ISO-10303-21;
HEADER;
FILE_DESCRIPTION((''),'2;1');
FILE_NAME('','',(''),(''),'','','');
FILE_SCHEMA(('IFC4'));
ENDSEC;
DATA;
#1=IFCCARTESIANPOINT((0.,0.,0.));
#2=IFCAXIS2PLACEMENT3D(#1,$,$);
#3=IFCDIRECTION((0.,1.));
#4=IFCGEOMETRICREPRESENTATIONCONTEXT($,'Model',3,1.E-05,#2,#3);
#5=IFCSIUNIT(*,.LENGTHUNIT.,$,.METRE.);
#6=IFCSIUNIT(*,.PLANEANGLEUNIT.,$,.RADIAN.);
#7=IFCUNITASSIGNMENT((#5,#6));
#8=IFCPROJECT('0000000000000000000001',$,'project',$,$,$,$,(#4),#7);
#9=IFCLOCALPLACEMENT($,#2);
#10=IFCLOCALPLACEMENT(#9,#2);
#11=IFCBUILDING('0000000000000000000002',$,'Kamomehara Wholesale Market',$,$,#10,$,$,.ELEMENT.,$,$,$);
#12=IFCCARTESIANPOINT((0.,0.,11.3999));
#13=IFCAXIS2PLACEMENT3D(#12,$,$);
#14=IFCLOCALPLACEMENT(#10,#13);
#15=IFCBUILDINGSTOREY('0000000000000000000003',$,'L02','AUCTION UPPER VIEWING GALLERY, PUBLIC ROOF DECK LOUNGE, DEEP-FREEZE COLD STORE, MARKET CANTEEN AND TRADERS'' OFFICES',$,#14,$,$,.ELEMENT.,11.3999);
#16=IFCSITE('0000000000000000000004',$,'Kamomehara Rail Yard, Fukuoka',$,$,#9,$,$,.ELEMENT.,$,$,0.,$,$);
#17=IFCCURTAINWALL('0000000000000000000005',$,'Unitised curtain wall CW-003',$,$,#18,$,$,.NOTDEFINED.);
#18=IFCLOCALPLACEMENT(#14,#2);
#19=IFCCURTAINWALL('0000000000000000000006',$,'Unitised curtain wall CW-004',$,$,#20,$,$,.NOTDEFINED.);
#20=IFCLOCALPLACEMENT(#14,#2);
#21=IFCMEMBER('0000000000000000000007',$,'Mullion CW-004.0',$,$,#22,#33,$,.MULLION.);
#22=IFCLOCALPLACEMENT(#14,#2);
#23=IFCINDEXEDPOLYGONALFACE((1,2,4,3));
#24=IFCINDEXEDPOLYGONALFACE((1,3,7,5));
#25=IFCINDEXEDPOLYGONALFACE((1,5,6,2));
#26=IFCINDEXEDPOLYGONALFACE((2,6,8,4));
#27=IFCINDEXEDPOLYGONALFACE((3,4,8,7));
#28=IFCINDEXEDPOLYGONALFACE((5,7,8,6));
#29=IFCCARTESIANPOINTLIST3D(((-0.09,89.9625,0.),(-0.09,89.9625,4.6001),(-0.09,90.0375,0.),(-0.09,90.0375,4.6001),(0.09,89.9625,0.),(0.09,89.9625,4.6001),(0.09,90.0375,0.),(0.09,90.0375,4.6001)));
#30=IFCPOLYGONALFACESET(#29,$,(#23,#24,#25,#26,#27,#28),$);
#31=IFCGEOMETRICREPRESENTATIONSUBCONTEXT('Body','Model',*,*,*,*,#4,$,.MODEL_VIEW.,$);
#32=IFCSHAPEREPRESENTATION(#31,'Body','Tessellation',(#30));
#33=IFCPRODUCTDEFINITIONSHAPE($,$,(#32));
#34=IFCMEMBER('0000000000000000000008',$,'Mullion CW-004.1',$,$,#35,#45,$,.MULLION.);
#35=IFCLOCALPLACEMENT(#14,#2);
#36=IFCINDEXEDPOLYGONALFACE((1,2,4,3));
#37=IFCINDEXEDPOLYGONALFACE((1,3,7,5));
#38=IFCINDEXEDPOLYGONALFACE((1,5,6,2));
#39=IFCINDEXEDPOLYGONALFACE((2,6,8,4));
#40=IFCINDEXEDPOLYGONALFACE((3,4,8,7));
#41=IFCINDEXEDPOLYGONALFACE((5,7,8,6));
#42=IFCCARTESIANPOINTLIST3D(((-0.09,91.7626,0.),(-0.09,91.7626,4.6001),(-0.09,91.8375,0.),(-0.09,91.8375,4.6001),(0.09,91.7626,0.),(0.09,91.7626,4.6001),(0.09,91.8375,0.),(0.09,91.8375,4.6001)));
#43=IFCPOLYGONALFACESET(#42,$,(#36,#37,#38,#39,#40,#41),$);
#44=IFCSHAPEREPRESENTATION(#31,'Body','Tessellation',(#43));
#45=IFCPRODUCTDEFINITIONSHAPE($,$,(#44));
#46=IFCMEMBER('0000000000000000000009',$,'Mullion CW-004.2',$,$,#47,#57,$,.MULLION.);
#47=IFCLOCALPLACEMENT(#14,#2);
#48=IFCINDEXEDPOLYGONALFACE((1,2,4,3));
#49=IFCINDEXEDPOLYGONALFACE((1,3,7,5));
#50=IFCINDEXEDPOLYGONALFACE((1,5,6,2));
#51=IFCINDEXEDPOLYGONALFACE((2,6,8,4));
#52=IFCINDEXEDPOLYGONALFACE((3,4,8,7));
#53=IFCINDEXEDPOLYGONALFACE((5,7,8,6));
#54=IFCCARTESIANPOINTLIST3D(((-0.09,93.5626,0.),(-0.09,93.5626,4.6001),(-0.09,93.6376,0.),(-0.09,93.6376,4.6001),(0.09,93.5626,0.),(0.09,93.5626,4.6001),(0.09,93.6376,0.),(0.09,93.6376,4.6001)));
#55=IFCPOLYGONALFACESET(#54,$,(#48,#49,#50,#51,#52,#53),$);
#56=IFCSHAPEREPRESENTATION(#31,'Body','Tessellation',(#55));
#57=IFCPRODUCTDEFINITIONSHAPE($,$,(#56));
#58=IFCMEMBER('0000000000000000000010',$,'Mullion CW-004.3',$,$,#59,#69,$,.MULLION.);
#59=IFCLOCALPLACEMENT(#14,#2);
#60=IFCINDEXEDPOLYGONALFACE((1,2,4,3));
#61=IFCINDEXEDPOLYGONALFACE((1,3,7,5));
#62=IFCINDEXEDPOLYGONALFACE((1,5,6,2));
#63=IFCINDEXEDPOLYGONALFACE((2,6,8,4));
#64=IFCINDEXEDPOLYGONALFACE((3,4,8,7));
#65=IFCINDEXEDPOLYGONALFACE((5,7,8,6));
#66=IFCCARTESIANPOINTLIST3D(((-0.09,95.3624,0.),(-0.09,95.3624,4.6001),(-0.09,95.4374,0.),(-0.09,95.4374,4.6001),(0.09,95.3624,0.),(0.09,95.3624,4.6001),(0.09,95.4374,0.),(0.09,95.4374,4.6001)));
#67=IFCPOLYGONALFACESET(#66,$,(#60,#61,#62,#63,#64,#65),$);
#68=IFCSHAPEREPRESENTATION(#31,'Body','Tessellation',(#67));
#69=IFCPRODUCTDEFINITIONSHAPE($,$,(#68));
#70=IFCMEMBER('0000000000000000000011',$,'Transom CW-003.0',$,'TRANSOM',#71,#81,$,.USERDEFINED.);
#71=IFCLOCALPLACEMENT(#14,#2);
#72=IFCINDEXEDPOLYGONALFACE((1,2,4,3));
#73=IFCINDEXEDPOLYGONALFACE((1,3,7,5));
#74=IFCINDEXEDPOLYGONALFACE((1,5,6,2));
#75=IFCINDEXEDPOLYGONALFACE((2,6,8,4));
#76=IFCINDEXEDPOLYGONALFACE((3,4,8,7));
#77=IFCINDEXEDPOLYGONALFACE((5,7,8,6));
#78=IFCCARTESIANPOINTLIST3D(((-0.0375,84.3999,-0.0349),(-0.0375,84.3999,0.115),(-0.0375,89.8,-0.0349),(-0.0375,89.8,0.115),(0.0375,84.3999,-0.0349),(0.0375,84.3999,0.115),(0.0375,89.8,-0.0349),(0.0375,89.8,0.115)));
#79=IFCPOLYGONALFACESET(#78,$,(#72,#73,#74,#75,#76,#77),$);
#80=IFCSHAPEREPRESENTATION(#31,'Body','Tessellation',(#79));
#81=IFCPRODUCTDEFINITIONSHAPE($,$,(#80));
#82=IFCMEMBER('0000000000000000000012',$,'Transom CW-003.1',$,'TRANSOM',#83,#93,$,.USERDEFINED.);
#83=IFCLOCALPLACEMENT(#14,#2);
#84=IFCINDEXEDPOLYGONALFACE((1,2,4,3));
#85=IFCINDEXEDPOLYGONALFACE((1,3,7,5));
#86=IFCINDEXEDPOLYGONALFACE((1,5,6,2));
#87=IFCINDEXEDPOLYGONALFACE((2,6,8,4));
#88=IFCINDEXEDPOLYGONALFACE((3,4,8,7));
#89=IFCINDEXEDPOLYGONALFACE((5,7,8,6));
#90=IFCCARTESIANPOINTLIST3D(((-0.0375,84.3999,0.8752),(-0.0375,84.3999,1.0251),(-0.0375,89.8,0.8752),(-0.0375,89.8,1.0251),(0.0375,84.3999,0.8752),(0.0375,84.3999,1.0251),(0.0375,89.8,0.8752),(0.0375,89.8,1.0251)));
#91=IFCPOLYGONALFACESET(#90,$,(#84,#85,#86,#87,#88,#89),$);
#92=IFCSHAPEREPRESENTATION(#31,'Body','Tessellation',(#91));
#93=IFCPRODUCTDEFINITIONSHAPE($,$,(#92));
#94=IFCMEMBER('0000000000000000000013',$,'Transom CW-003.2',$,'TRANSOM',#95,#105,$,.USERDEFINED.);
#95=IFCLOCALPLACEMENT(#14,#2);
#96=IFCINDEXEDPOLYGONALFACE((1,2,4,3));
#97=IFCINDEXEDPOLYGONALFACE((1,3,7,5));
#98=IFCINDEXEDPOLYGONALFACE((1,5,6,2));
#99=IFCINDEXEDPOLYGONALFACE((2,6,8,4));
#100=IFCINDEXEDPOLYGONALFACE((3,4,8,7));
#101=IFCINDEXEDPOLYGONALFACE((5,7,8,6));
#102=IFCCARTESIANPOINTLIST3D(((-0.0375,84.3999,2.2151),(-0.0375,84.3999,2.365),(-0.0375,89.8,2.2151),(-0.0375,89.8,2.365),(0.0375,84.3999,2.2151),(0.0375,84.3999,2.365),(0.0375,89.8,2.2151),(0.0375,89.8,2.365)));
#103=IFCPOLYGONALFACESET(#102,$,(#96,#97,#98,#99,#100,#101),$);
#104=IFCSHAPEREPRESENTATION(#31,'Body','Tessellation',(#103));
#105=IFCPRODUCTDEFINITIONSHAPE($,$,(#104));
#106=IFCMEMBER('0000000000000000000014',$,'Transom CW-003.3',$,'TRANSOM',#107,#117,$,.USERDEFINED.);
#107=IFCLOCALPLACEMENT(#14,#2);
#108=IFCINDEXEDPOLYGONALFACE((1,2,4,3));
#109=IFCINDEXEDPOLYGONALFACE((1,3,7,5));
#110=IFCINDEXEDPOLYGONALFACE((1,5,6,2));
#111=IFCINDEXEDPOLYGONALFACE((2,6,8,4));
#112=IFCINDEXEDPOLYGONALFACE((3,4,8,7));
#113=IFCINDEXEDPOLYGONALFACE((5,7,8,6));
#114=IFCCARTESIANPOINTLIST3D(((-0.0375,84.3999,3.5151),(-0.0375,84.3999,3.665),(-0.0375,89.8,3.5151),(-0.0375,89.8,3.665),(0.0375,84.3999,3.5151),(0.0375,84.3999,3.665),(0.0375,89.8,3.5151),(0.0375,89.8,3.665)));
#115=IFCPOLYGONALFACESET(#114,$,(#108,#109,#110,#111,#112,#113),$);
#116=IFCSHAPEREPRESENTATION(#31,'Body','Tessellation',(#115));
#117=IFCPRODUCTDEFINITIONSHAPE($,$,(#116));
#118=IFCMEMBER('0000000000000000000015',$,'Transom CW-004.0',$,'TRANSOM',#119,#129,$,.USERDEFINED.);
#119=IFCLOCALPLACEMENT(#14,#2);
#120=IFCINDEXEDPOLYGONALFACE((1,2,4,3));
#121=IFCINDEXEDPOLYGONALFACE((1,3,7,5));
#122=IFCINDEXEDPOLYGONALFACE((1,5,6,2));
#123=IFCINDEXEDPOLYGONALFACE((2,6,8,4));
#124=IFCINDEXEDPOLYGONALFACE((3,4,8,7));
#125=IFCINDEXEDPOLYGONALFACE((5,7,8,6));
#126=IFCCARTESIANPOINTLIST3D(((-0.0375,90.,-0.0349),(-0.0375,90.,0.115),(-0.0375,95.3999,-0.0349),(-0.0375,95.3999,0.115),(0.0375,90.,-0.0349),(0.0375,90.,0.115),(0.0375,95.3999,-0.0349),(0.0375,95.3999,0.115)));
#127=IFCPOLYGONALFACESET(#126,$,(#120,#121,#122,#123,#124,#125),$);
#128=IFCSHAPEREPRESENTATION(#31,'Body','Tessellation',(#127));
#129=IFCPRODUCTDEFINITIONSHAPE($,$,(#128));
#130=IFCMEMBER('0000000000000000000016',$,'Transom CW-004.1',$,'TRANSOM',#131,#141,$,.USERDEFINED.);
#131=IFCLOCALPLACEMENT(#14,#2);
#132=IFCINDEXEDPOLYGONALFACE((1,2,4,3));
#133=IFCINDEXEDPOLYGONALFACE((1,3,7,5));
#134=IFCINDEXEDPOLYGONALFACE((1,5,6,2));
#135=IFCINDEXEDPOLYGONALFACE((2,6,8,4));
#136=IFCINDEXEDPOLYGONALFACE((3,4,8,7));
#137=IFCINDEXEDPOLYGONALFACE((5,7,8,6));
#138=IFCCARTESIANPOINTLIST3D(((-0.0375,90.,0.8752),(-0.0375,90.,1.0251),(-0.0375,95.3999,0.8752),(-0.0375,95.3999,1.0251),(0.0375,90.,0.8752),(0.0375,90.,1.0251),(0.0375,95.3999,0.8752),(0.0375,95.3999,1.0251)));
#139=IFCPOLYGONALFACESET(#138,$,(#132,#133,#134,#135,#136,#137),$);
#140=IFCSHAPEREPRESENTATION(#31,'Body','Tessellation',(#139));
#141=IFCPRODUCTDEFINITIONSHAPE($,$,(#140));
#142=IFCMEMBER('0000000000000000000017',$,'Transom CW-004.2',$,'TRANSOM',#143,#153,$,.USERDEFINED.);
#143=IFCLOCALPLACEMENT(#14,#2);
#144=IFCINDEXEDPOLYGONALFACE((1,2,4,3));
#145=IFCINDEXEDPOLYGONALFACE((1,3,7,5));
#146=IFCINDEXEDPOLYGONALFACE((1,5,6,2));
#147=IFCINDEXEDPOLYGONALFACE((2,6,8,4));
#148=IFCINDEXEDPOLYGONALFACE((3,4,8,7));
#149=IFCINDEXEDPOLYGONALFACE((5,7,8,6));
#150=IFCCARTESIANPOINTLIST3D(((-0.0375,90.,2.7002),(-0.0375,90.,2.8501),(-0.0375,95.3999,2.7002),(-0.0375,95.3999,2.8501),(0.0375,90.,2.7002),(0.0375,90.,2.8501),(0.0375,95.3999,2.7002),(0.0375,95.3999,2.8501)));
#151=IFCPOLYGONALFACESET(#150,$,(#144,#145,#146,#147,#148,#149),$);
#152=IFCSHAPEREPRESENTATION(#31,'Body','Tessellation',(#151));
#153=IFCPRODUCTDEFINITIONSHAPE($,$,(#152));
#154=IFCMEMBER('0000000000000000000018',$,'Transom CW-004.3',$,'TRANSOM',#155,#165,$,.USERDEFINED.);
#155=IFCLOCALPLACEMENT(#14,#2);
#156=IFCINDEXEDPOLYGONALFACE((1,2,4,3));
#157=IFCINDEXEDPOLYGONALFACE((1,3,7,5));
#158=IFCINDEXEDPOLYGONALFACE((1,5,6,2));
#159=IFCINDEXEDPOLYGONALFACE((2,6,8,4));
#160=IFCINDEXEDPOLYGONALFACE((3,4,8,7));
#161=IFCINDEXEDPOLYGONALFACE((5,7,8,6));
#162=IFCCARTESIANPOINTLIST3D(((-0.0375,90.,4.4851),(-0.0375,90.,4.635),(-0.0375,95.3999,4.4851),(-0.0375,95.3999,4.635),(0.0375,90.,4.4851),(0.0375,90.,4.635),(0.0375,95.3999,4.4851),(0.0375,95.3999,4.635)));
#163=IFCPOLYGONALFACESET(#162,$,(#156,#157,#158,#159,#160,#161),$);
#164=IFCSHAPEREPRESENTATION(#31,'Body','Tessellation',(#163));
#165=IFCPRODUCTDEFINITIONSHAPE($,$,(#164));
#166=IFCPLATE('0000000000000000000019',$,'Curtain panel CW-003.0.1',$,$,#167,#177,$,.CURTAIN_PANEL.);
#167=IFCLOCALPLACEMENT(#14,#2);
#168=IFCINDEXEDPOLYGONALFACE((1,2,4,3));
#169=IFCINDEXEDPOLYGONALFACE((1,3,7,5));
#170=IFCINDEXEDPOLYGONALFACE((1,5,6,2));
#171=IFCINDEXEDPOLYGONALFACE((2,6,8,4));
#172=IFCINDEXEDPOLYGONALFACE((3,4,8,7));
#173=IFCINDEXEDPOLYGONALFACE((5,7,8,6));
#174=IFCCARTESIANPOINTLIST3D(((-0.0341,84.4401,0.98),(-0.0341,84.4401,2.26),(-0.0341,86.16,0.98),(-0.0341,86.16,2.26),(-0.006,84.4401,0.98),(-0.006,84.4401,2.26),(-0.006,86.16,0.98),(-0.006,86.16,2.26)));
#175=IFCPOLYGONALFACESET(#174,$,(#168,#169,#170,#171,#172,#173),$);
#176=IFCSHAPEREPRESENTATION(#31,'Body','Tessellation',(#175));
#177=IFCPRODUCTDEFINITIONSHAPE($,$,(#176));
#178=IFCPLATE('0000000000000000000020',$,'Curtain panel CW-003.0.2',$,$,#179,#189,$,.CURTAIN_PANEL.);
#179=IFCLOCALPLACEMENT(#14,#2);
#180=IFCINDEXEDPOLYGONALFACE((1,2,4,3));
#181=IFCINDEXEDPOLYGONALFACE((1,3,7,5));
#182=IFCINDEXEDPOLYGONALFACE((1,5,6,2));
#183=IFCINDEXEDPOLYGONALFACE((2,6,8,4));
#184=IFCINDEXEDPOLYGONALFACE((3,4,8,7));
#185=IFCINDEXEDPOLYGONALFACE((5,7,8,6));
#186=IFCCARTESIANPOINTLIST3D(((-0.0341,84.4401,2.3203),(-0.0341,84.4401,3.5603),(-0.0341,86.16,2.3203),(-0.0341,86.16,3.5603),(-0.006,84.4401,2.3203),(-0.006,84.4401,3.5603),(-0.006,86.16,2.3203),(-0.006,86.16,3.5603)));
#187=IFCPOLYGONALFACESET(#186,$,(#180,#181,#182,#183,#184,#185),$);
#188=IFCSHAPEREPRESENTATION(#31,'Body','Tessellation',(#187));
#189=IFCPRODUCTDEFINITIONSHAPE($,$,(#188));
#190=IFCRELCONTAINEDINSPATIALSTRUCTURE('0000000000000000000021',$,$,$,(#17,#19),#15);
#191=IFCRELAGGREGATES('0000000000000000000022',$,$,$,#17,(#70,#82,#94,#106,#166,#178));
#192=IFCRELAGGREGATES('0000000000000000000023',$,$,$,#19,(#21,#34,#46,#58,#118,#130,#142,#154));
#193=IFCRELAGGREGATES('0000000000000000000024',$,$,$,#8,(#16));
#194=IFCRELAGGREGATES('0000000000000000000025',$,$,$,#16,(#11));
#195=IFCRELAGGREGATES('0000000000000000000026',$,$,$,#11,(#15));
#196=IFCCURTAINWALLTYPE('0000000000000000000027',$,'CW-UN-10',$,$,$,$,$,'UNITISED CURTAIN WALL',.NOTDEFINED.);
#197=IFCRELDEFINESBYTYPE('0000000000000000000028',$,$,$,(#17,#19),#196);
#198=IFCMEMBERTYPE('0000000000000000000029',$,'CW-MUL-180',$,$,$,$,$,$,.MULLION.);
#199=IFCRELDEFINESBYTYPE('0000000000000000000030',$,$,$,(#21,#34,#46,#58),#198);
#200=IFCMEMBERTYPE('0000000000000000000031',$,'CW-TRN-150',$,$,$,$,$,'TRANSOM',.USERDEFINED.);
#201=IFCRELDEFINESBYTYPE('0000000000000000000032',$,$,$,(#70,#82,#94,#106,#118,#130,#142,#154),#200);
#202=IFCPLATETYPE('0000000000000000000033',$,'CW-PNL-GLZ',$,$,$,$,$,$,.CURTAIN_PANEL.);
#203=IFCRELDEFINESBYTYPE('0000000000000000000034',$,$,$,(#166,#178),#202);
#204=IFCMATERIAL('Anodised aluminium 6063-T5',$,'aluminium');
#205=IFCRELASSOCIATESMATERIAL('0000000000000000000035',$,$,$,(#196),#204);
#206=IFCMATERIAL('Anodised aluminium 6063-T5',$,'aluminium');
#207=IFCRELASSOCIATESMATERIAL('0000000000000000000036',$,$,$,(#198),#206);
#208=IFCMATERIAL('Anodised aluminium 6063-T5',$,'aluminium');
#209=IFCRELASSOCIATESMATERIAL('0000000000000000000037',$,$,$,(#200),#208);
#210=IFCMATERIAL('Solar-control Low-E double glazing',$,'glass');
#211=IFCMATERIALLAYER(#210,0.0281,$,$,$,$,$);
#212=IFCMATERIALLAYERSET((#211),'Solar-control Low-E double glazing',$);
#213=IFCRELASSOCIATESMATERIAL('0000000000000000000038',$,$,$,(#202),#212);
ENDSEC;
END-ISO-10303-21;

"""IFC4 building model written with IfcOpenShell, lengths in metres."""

from ifc_helpers import new_model, si_unit, direction, frame, origin, origin_2d, place, context, subcontext, project, spatial, rectangle, extrude, material, layer, layer_set, material_profile, profile_set, type_object, element, aggregate, save


model = new_model("IFC4")

# Units and contexts
model_context = context("Model", 3, precision=1e-05, world=origin(), true_north=direction((0.0, 1.0)))
body_context = subcontext(model_context, "Body", "Model", "MODEL_VIEW")
ifc_project = project(units=[si_unit("LENGTHUNIT", "METRE"), si_unit("PLANEANGLEUNIT", "RADIAN")], contexts=[model_context])

# Site, building, storey
site_placement = place(None, origin())
site = spatial("IfcSite", under=ifc_project, at=site_placement, Name="Kamomehara Rail Yard, Fukuoka", CompositionType="ELEMENT", RefElevation=0.0)
building_placement = place(site_placement, origin())
building = spatial("IfcBuilding", under=site, at=building_placement, Name="Kamomehara Wholesale Market", CompositionType="ELEMENT")
storey_placement = place(building_placement, frame((0.0, 0.0, 11.3999)))
storey = spatial("IfcBuildingStorey", under=building, at=storey_placement, Name="L02", Description="AUCTION UPPER VIEWING GALLERY, PUBLIC ROOF DECK LOUNGE, DEEP-FREEZE COLD STORE, MARKET CANTEEN AND TRADERS' OFFICES", CompositionType="ELEMENT", Elevation=11.3999)

# Curtain walls, members
ifc_material_1 = material(Name="Anodised aluminium 6063-T5", Category="aluminium")
curtain_wall_type = type_object("IfcCurtainWallType", Name="CW-UN-10", ElementType="UNITISED CURTAIN WALL", PredefinedType="NOTDEFINED", material=ifc_material_1)
curtain_wall_1_placement = place(storey_placement, origin())
curtain_wall_1 = element("IfcCurtainWall", 1, at=curtain_wall_1_placement, inside=storey, type_object=curtain_wall_type, Name="Unitised curtain wall CW-003", PredefinedType="NOTDEFINED")
ifc_material_2 = material(Name="Anodised aluminium 6063-T5", Category="aluminium")
ifc_material_profile_1 = material_profile(ifc_material_2, rectangle(XDim=0.075, YDim=0.1799, at=origin_2d()), Name="ALU-MUL-75x180")
ifc_profile_set_1 = profile_set([ifc_material_profile_1], Name="Anodised aluminium 6063-T5")
member_type_1 = type_object("IfcMemberType", Name="CW-MUL-180", PredefinedType="MULLION", material=ifc_profile_set_1)
curtain_wall_2_placement = place(storey_placement, origin())
curtain_wall_2 = element("IfcCurtainWall", 2, at=curtain_wall_2_placement, inside=storey, type_object=curtain_wall_type, Name="Unitised curtain wall CW-004", PredefinedType="NOTDEFINED")
member_1_placement = place(storey_placement, frame((0.0, 90.0, 0.0), z_axis=(0.0, 0.0, 1.0), x_axis=(0.0, 1.0, 0.0)))
member_1 = element("IfcMember", 3, at=member_1_placement, type_object=member_type_1, Name="Mullion CW-004.0", PredefinedType="MULLION", context=body_context, shape_type="SweptSolid", body=[
    extrude(rectangle(XDim=0.075, YDim=0.1799, at=origin_2d()), origin(), (0.0, 0.0, 1.0), 4.6001),
])
member_2_placement = place(storey_placement, frame((0.0, 91.8, 0.0), z_axis=(0.0, 0.0, 1.0), x_axis=(0.0, 1.0, 0.0)))
member_2 = element("IfcMember", 4, at=member_2_placement, type_object=member_type_1, Name="Mullion CW-004.1", PredefinedType="MULLION", context=body_context, shape_type="SweptSolid", body=[
    extrude(rectangle(XDim=0.075, YDim=0.1799, at=origin_2d()), origin(), (0.0, 0.0, 1.0), 4.6001),
])
member_3_placement = place(storey_placement, frame((0.0, 93.6001, 0.0), z_axis=(0.0, 0.0, 1.0), x_axis=(0.0, 1.0, 0.0)))
member_3 = element("IfcMember", 5, at=member_3_placement, type_object=member_type_1, Name="Mullion CW-004.2", PredefinedType="MULLION", context=body_context, shape_type="SweptSolid", body=[
    extrude(rectangle(XDim=0.075, YDim=0.1799, at=origin_2d()), origin(), (0.0, 0.0, 1.0), 4.6001),
])
member_4_placement = place(storey_placement, frame((0.0, 95.3999, 0.0), z_axis=(0.0, 0.0, 1.0), x_axis=(0.0, 1.0, 0.0)))
member_4 = element("IfcMember", 6, at=member_4_placement, type_object=member_type_1, Name="Mullion CW-004.3", PredefinedType="MULLION", context=body_context, shape_type="SweptSolid", body=[
    extrude(rectangle(XDim=0.075, YDim=0.1799, at=origin_2d()), origin(), (0.0, 0.0, 1.0), 4.6001),
])

# Members
ifc_material_3 = material(Name="Anodised aluminium 6063-T5", Category="aluminium")
ifc_material_profile_2 = material_profile(ifc_material_3, rectangle(XDim=0.075, YDim=0.1499, at=origin_2d()), Name="ALU-TRN-75x150")
ifc_profile_set_2 = profile_set([ifc_material_profile_2], Name="Anodised aluminium 6063-T5")
member_type_2 = type_object("IfcMemberType", Name="CW-TRN-150", ElementType="TRANSOM", PredefinedType="USERDEFINED", material=ifc_profile_set_2)
member_5_placement = place(storey_placement, frame((0.0, 84.3999, 0.04), z_axis=(0.0, 1.0, 0.0), x_axis=(-1.0, 0.0, 0.0)))
member_5 = element("IfcMember", 7, at=member_5_placement, type_object=member_type_2, Name="Transom CW-003.0", ObjectType="TRANSOM", PredefinedType="USERDEFINED", context=body_context, shape_type="SweptSolid", body=[
    extrude(rectangle(XDim=0.075, YDim=0.1499, at=origin_2d()), origin(), (0.0, 0.0, 1.0), 5.4001),
])
member_6_placement = place(storey_placement, frame((0.0, 84.3999, 0.9502), z_axis=(0.0, 1.0, 0.0), x_axis=(-1.0, 0.0, 0.0)))
member_6 = element("IfcMember", 8, at=member_6_placement, type_object=member_type_2, Name="Transom CW-003.1", ObjectType="TRANSOM", PredefinedType="USERDEFINED", context=body_context, shape_type="SweptSolid", body=[
    extrude(rectangle(XDim=0.075, YDim=0.1499, at=origin_2d()), origin(), (0.0, 0.0, 1.0), 5.4001),
])
member_7_placement = place(storey_placement, frame((0.0, 84.3999, 2.29), z_axis=(0.0, 1.0, 0.0), x_axis=(-1.0, 0.0, 0.0)))
member_7 = element("IfcMember", 9, at=member_7_placement, type_object=member_type_2, Name="Transom CW-003.2", ObjectType="TRANSOM", PredefinedType="USERDEFINED", context=body_context, shape_type="SweptSolid", body=[
    extrude(rectangle(XDim=0.075, YDim=0.1499, at=origin_2d()), origin(), (0.0, 0.0, 1.0), 5.4001),
])
member_8_placement = place(storey_placement, frame((0.0, 84.3999, 3.5901), z_axis=(0.0, 1.0, 0.0), x_axis=(-1.0, 0.0, 0.0)))
member_8 = element("IfcMember", 10, at=member_8_placement, type_object=member_type_2, Name="Transom CW-003.3", ObjectType="TRANSOM", PredefinedType="USERDEFINED", context=body_context, shape_type="SweptSolid", body=[
    extrude(rectangle(XDim=0.075, YDim=0.1499, at=origin_2d()), origin(), (0.0, 0.0, 1.0), 5.4001),
])
member_9_placement = place(storey_placement, frame((0.0, 90.0, 0.04), z_axis=(0.0, 1.0, 0.0), x_axis=(-1.0, 0.0, 0.0)))
member_9 = element("IfcMember", 11, at=member_9_placement, type_object=member_type_2, Name="Transom CW-004.0", ObjectType="TRANSOM", PredefinedType="USERDEFINED", context=body_context, shape_type="SweptSolid", body=[
    extrude(rectangle(XDim=0.075, YDim=0.1499, at=origin_2d()), origin(), (0.0, 0.0, 1.0), 5.3999),
])
member_10_placement = place(storey_placement, frame((0.0, 90.0, 0.9502), z_axis=(0.0, 1.0, 0.0), x_axis=(-1.0, 0.0, 0.0)))
member_10 = element("IfcMember", 12, at=member_10_placement, type_object=member_type_2, Name="Transom CW-004.1", ObjectType="TRANSOM", PredefinedType="USERDEFINED", context=body_context, shape_type="SweptSolid", body=[
    extrude(rectangle(XDim=0.075, YDim=0.1499, at=origin_2d()), origin(), (0.0, 0.0, 1.0), 5.3999),
])
member_11_placement = place(storey_placement, frame((0.0, 90.0, 2.7751), z_axis=(0.0, 1.0, 0.0), x_axis=(-1.0, 0.0, 0.0)))
member_11 = element("IfcMember", 13, at=member_11_placement, type_object=member_type_2, Name="Transom CW-004.2", ObjectType="TRANSOM", PredefinedType="USERDEFINED", context=body_context, shape_type="SweptSolid", body=[
    extrude(rectangle(XDim=0.075, YDim=0.1499, at=origin_2d()), origin(), (0.0, 0.0, 1.0), 5.3999),
])
member_12_placement = place(storey_placement, frame((0.0, 90.0, 4.5601), z_axis=(0.0, 1.0, 0.0), x_axis=(-1.0, 0.0, 0.0)))
member_12 = element("IfcMember", 14, at=member_12_placement, type_object=member_type_2, Name="Transom CW-004.3", ObjectType="TRANSOM", PredefinedType="USERDEFINED", context=body_context, shape_type="SweptSolid", body=[
    extrude(rectangle(XDim=0.075, YDim=0.1499, at=origin_2d()), origin(), (0.0, 0.0, 1.0), 5.3999),
])

# Plates
ifc_material_4 = material(Name="Solar-control Low-E double glazing", Category="glass")
ifc_layer_1 = layer(ifc_material_4, 0.0281)
ifc_layer_set_1 = layer_set([ifc_layer_1], Name="Solar-control Low-E double glazing")
plate_type_1 = type_object("IfcPlateType", Name="CW-PNL-GLZ", PredefinedType="CURTAIN_PANEL", material=ifc_layer_set_1)
plate_1_placement = place(storey_placement, frame((-0.02, 85.3, 0.98), z_axis=(0.0, 0.0, 1.0), x_axis=(0.0, 1.0, 0.0)))
plate_1 = element("IfcPlate", 15, at=plate_1_placement, type_object=plate_type_1, Name="Curtain panel CW-003.0.1", PredefinedType="CURTAIN_PANEL", context=body_context, shape_type="SweptSolid", body=[
    extrude(rectangle(XDim=1.72, YDim=0.0281, at=origin_2d()), origin(), (0.0, 0.0, 1.0), 1.28),
])
plate_2_placement = place(storey_placement, frame((-0.02, 85.3, 2.3203), z_axis=(0.0, 0.0, 1.0), x_axis=(0.0, 1.0, 0.0)))
plate_2 = element("IfcPlate", 16, at=plate_2_placement, type_object=plate_type_1, Name="Curtain panel CW-003.0.2", PredefinedType="CURTAIN_PANEL", context=body_context, shape_type="SweptSolid", body=[
    extrude(rectangle(XDim=1.72, YDim=0.0281, at=origin_2d()), origin(), (0.0, 0.0, 1.0), 1.24),
])
aggregate(curtain_wall_1, [member_5, member_6, member_7, member_8, plate_1, plate_2])
aggregate(curtain_wall_2, [member_1, member_2, member_3, member_4, member_9, member_10, member_11, member_12])

save(model, "model.ifc")
